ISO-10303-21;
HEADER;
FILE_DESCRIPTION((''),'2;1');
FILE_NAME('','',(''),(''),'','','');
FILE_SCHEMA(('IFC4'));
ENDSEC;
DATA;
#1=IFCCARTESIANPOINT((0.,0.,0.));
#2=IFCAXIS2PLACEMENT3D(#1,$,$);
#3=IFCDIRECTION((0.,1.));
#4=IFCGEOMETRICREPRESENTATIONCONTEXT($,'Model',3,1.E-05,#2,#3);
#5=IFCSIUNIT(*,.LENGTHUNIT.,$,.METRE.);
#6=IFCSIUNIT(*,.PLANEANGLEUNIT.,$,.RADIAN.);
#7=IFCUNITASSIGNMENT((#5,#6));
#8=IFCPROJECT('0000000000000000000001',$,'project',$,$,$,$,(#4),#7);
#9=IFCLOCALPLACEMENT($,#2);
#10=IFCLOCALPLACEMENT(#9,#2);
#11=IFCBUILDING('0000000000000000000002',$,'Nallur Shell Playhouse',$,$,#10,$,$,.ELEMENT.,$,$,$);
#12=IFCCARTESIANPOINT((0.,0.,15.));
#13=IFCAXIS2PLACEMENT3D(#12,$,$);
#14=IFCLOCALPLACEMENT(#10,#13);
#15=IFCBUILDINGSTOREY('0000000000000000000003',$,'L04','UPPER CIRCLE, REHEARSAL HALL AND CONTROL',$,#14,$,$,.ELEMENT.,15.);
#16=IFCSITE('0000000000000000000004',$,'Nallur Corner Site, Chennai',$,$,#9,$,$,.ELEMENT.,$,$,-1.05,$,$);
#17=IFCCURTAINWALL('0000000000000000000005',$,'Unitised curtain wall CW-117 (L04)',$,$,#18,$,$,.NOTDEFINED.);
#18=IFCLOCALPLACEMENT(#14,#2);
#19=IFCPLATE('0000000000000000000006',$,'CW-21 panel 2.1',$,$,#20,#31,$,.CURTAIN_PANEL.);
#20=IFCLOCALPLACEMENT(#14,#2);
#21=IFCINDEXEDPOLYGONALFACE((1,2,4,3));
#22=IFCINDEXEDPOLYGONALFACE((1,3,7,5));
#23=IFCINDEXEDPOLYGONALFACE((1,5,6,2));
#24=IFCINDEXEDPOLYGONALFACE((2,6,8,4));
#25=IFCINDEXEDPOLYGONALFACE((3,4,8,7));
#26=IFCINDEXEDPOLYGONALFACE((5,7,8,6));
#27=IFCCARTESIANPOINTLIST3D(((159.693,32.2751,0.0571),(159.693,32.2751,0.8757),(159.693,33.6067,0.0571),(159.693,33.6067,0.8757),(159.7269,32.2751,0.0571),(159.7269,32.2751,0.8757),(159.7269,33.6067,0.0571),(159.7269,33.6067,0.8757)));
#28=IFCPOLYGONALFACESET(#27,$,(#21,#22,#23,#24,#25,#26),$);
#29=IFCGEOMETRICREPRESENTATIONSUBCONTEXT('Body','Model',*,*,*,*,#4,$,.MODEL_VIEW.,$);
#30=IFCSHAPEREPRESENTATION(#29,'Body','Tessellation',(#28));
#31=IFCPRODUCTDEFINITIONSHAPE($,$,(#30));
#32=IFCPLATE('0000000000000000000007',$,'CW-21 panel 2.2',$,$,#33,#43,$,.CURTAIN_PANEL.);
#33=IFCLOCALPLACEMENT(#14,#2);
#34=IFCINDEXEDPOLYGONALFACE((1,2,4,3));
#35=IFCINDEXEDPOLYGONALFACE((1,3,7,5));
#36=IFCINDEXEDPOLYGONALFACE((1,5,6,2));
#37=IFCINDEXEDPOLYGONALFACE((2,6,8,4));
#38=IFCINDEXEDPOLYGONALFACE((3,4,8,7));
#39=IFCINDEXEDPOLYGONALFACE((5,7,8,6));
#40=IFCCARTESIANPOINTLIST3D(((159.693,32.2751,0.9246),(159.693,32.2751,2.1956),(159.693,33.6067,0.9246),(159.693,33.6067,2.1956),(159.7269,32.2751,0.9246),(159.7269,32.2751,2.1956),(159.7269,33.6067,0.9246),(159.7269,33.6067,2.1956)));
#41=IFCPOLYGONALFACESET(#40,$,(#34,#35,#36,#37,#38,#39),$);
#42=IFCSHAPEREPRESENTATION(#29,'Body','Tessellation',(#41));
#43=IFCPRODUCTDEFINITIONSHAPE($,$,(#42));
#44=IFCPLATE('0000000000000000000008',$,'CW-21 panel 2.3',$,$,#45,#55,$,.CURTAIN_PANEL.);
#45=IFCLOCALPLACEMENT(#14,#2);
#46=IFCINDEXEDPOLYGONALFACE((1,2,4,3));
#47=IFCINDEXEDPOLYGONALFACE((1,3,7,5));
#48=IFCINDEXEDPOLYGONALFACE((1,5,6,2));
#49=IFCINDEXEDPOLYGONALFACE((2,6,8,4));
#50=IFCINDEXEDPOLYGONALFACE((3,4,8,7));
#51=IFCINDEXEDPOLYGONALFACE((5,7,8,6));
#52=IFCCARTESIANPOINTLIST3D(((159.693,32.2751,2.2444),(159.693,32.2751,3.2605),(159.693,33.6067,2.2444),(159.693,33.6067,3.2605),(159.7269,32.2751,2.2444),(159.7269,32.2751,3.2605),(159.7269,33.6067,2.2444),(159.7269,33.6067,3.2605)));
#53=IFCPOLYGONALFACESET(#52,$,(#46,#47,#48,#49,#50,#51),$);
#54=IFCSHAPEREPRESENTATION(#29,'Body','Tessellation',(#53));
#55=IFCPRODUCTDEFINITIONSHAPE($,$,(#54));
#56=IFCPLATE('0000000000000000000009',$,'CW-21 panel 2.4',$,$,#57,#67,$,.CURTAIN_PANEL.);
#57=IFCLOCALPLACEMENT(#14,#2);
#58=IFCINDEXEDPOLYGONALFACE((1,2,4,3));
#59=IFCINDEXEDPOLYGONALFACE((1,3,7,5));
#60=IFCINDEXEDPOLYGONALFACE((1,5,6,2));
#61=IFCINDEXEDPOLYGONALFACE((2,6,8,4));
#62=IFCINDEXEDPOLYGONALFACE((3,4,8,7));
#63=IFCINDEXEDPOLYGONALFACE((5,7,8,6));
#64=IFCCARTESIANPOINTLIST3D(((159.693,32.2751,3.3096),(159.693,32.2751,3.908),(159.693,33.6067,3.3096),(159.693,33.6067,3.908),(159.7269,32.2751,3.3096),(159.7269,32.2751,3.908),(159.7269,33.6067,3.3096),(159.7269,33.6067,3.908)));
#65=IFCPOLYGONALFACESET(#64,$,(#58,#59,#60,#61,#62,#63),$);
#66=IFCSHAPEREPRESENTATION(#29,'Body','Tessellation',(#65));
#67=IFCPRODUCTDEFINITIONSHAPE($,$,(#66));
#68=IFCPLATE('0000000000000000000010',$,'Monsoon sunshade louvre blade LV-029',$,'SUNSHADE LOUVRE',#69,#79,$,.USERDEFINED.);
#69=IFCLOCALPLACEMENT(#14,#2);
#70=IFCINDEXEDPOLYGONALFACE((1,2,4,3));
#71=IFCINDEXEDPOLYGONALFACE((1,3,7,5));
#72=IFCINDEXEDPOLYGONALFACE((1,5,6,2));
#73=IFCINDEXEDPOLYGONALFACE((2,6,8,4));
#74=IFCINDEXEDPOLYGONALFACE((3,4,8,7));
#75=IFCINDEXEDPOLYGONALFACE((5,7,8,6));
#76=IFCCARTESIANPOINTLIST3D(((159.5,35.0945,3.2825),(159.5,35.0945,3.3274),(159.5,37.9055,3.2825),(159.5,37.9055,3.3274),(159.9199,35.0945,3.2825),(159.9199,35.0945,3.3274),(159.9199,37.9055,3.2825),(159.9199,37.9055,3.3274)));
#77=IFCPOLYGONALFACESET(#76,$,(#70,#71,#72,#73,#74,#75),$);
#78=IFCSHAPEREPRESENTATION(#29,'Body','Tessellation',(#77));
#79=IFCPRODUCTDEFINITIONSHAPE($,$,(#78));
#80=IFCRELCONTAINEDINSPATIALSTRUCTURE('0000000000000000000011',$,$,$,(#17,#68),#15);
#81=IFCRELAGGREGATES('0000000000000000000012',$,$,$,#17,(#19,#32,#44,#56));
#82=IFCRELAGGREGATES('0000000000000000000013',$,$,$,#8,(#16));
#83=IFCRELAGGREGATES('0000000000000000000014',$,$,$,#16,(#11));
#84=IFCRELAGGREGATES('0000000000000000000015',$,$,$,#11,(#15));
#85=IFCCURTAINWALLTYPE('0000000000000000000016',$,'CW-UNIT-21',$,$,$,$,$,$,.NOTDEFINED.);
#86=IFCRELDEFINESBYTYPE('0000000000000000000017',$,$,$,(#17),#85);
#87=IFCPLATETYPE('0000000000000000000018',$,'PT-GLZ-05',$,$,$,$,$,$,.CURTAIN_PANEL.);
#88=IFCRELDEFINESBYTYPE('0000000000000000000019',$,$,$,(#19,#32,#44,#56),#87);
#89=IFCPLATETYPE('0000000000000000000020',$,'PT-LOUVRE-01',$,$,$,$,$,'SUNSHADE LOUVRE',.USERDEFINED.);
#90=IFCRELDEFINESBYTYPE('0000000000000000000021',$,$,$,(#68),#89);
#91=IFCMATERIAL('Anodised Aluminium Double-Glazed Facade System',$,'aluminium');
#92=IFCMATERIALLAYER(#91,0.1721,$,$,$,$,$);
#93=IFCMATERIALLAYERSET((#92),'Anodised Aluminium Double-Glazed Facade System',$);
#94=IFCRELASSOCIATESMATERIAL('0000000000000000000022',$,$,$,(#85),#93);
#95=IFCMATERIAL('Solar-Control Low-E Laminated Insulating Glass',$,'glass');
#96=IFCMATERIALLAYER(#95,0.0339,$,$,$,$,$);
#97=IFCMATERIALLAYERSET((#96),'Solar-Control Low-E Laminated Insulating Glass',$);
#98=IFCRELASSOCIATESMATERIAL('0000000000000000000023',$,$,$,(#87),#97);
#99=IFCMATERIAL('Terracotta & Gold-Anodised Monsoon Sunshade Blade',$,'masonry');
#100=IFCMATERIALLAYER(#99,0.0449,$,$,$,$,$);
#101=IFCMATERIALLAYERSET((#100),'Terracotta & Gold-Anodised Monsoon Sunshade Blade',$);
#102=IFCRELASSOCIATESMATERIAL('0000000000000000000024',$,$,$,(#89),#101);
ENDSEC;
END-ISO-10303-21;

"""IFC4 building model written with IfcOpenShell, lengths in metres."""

from ifc_helpers import new_model, si_unit, direction, frame, origin, origin_2d, place, context, subcontext, project, spatial, rectangle, extrude, material, layer, layer_set, type_object, element, aggregate, save


model = new_model("IFC4")

# Units and contexts
model_context = context("Model", 3, precision=1e-05, world=origin(), true_north=direction((0.0, 1.0)))
body_context = subcontext(model_context, "Body", "Model", "MODEL_VIEW")
ifc_project = project(units=[si_unit("LENGTHUNIT", "METRE"), si_unit("PLANEANGLEUNIT", "RADIAN")], contexts=[model_context])

# Site, building, storey
site_placement = place(None, origin())
site = spatial("IfcSite", under=ifc_project, at=site_placement, Name="Nallur Corner Site, Chennai", CompositionType="ELEMENT", RefElevation=-1.05)
building_placement = place(site_placement, origin())
building = spatial("IfcBuilding", under=site, at=building_placement, Name="Nallur Shell Playhouse", CompositionType="ELEMENT")
storey_placement = place(building_placement, frame((0.0, 0.0, 15.0)))
storey = spatial("IfcBuildingStorey", under=building, at=storey_placement, Name="L04", Description="UPPER CIRCLE, REHEARSAL HALL AND CONTROL", CompositionType="ELEMENT", Elevation=15.0)

# Curtain wall
ifc_material_1 = material(Name="Anodised Aluminium Double-Glazed Facade System", Category="aluminium")
ifc_layer_1 = layer(ifc_material_1, 0.1721)
ifc_layer_set_1 = layer_set([ifc_layer_1], Name="Anodised Aluminium Double-Glazed Facade System")
curtain_wall_type_1 = type_object("IfcCurtainWallType", Name="CW-UNIT-21", PredefinedType="NOTDEFINED", material=ifc_layer_set_1)
curtain_wall_1_placement = place(storey_placement, origin())
curtain_wall_1 = element("IfcCurtainWall", 1, at=curtain_wall_1_placement, inside=storey, type_object=curtain_wall_type_1, Name="Unitised curtain wall CW-117 (L04)", PredefinedType="NOTDEFINED")

# Plates
ifc_material_2 = material(Name="Solar-Control Low-E Laminated Insulating Glass", Category="glass")
ifc_layer_2 = layer(ifc_material_2, 0.0339)
ifc_layer_set_2 = layer_set([ifc_layer_2], Name="Solar-Control Low-E Laminated Insulating Glass")
plate_type_1 = type_object("IfcPlateType", Name="PT-GLZ-05", PredefinedType="CURTAIN_PANEL", material=ifc_layer_set_2)
plate_1_placement = place(storey_placement, frame((159.71, 32.9409, 0.0571), z_axis=(0.0, 0.0, 1.0), x_axis=(0.0, -1.0, 0.0)))
plate_1 = element("IfcPlate", 2, at=plate_1_placement, type_object=plate_type_1, Name="CW-21 panel 2.1", PredefinedType="CURTAIN_PANEL", context=body_context, shape_type="SweptSolid", body=[
    extrude(rectangle(XDim=1.3315, YDim=0.0339, at=origin_2d()), origin(), (0.0, 0.0, 1.0), 0.8186),
])
plate_2_placement = place(storey_placement, frame((159.71, 32.9409, 0.9246), z_axis=(0.0, 0.0, 1.0), x_axis=(0.0, -1.0, 0.0)))
plate_2 = element("IfcPlate", 3, at=plate_2_placement, type_object=plate_type_1, Name="CW-21 panel 2.2", PredefinedType="CURTAIN_PANEL", context=body_context, shape_type="SweptSolid", body=[
    extrude(rectangle(XDim=1.3315, YDim=0.0339, at=origin_2d()), origin(), (0.0, 0.0, 1.0), 1.271),
])
plate_3_placement = place(storey_placement, frame((159.71, 32.9409, 2.2444), z_axis=(0.0, 0.0, 1.0), x_axis=(0.0, -1.0, 0.0)))
plate_3 = element("IfcPlate", 4, at=plate_3_placement, type_object=plate_type_1, Name="CW-21 panel 2.3", PredefinedType="CURTAIN_PANEL", context=body_context, shape_type="SweptSolid", body=[
    extrude(rectangle(XDim=1.3315, YDim=0.0339, at=origin_2d()), origin(), (0.0, 0.0, 1.0), 1.0161),
])
plate_4_placement = place(storey_placement, frame((159.71, 32.9409, 3.3096), z_axis=(0.0, 0.0, 1.0), x_axis=(0.0, -1.0, 0.0)))
plate_4 = element("IfcPlate", 5, at=plate_4_placement, type_object=plate_type_1, Name="CW-21 panel 2.4", PredefinedType="CURTAIN_PANEL", context=body_context, shape_type="SweptSolid", body=[
    extrude(rectangle(XDim=1.3315, YDim=0.0339, at=origin_2d()), origin(), (0.0, 0.0, 1.0), 0.5984),
])
aggregate(curtain_wall_1, [plate_1, plate_2, plate_3, plate_4])
ifc_material_3 = material(Name="Terracotta & Gold-Anodised Monsoon Sunshade Blade", Category="masonry")
ifc_layer_3 = layer(ifc_material_3, 0.0449)
ifc_layer_set_3 = layer_set([ifc_layer_3], Name="Terracotta & Gold-Anodised Monsoon Sunshade Blade")
plate_type_2 = type_object("IfcPlateType", Name="PT-LOUVRE-01", ElementType="SUNSHADE LOUVRE", PredefinedType="USERDEFINED", material=ifc_layer_set_3)
plate_5_placement = place(storey_placement, frame((159.71, 36.5, 3.2825), z_axis=(0.0, 0.0, 1.0), x_axis=(0.0, -1.0, 0.0)))
element("IfcPlate", 6, at=plate_5_placement, inside=storey, type_object=plate_type_2, Name="Monsoon sunshade louvre blade LV-029", ObjectType="SUNSHADE LOUVRE", PredefinedType="USERDEFINED", context=body_context, shape_type="SweptSolid", body=[
    extrude(rectangle(XDim=2.811, YDim=0.4199, at=origin_2d()), origin(), (0.0, 0.0, 1.0), 0.0449),
])

save(model, "model.ifc")
